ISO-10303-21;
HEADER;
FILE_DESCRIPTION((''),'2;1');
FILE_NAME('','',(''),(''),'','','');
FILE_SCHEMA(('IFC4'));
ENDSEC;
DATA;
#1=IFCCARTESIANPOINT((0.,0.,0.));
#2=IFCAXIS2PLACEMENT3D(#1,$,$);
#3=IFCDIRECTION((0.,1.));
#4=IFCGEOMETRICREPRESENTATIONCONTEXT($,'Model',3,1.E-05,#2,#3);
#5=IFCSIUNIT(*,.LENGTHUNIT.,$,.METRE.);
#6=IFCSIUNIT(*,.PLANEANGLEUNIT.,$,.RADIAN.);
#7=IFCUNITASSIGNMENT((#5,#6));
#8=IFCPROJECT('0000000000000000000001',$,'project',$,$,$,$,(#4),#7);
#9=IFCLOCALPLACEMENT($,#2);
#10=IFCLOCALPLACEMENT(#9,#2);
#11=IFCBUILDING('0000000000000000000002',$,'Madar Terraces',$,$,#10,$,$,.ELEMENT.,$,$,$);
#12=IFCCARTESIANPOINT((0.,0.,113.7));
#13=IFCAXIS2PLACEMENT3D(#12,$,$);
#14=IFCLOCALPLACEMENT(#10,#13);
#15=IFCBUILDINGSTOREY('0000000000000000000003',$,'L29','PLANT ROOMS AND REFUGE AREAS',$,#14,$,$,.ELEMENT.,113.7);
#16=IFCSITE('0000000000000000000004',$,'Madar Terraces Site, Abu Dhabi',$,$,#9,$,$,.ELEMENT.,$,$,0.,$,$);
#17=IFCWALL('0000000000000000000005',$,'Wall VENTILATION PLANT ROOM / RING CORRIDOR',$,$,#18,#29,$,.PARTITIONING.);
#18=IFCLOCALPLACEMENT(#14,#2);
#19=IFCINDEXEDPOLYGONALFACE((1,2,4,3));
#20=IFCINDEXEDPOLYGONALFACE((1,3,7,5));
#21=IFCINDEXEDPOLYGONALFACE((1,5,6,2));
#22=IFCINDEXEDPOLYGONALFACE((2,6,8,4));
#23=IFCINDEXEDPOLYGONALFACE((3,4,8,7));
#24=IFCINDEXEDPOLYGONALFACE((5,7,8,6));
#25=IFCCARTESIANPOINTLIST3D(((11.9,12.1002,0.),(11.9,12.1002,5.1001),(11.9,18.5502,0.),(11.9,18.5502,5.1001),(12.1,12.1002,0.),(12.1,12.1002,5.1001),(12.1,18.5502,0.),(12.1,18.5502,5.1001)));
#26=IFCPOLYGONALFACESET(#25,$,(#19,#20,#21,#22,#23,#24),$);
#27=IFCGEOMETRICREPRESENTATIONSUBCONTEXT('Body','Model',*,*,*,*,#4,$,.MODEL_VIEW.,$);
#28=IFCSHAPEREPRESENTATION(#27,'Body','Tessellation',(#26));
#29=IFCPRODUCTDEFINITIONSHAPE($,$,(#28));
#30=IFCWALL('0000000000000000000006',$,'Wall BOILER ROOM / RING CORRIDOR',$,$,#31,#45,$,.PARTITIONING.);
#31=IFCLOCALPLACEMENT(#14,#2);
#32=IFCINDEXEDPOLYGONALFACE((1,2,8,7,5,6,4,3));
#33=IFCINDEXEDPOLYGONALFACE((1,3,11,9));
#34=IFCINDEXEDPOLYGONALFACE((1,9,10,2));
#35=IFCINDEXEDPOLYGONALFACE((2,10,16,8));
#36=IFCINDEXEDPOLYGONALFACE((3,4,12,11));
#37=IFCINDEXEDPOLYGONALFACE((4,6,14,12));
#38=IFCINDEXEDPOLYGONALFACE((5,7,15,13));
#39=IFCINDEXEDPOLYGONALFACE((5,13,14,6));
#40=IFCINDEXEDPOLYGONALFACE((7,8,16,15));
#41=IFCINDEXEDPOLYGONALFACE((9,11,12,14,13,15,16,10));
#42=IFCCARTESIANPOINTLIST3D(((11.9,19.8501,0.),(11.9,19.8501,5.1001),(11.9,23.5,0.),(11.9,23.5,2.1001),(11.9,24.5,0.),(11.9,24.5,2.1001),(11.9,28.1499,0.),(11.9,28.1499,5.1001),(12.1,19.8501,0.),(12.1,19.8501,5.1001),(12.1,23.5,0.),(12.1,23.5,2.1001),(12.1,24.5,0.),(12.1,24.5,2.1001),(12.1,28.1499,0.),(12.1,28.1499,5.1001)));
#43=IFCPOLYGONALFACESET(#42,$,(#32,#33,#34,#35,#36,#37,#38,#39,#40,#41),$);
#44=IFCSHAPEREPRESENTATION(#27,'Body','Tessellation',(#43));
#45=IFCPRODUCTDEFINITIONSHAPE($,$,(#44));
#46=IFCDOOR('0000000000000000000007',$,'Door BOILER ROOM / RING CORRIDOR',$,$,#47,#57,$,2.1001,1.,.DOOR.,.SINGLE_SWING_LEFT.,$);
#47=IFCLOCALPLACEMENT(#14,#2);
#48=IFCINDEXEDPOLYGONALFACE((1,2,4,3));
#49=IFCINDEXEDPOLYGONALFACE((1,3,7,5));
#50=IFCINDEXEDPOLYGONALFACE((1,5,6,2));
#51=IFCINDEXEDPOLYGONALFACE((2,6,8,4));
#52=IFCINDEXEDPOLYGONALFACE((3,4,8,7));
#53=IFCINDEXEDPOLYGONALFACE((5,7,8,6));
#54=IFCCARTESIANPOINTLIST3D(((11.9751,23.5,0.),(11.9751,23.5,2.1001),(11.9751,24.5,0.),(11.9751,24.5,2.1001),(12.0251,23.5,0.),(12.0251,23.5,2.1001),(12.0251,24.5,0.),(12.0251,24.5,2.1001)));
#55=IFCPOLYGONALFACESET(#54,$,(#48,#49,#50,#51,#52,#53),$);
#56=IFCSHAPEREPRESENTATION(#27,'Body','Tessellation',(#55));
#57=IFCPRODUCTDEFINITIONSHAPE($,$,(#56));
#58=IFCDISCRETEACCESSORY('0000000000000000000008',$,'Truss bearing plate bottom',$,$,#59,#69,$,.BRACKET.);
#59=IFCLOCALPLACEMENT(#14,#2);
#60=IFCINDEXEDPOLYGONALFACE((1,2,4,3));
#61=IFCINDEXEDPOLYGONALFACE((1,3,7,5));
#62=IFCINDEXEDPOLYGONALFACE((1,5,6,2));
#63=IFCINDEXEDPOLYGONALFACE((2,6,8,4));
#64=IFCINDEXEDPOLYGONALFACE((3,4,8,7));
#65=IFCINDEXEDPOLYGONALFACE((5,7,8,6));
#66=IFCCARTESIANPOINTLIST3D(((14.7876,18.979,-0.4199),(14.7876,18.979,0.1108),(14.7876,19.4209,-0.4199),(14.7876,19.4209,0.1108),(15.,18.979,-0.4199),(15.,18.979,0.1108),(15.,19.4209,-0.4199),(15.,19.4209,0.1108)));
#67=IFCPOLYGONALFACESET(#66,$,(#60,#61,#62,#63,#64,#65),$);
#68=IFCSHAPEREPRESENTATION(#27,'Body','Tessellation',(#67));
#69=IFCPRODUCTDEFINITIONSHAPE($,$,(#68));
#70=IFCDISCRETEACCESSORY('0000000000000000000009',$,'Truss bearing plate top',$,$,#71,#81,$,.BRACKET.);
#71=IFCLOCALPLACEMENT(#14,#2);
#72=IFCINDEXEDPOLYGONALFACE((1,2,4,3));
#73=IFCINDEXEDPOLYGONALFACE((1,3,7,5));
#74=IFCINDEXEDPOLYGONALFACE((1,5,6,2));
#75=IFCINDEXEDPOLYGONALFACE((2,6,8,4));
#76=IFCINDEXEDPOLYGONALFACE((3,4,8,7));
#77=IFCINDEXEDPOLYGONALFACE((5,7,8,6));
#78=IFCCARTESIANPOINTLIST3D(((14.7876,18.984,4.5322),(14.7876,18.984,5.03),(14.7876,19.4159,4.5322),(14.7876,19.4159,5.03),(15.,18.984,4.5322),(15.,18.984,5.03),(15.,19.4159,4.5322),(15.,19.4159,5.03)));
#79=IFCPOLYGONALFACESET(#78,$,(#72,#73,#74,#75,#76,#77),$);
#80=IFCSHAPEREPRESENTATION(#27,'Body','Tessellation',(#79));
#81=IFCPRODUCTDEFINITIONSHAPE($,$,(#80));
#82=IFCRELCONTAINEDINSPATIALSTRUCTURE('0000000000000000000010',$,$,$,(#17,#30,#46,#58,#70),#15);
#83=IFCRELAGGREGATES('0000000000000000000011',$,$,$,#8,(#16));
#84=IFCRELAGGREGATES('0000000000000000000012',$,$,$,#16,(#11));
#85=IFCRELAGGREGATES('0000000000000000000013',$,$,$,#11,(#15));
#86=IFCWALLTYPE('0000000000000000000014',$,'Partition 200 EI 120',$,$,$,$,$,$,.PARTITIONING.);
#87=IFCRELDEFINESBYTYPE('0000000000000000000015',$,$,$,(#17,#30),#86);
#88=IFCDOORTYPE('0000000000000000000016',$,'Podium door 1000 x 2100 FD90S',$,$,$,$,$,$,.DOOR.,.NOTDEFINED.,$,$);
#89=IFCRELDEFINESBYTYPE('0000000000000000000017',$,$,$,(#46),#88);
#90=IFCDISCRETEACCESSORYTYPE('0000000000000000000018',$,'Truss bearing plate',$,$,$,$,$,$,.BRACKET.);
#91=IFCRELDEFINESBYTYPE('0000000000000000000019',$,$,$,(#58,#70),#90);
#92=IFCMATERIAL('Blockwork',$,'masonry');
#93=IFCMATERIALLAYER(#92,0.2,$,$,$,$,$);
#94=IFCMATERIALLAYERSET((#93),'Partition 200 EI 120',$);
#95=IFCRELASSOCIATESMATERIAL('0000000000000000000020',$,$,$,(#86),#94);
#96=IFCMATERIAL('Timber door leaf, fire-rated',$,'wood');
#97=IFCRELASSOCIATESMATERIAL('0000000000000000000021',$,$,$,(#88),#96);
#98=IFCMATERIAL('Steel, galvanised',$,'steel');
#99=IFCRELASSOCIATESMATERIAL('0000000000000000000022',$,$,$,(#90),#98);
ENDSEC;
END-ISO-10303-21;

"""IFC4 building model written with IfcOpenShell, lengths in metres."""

from ifc_helpers import new_model, si_unit, direction, frame, frame_2d, origin, origin_2d, place, context, subcontext, project, spatial, rectangle, extrude, material, layer, layer_set, type_object, element, fill, save


model = new_model("IFC4")

# Units and contexts
model_context = context("Model", 3, precision=1e-05, world=origin(), true_north=direction((0.0, 1.0)))
body_context = subcontext(model_context, "Body", "Model", "MODEL_VIEW")
ifc_project = project(units=[si_unit("LENGTHUNIT", "METRE"), si_unit("PLANEANGLEUNIT", "RADIAN")], contexts=[model_context])

# Site, building, storey
site_placement = place(None, origin())
site = spatial("IfcSite", under=ifc_project, at=site_placement, Name="Madar Terraces Site, Abu Dhabi", CompositionType="ELEMENT", RefElevation=0.0)
building_placement = place(site_placement, origin())
building = spatial("IfcBuilding", under=site, at=building_placement, Name="Madar Terraces", CompositionType="ELEMENT")
storey_placement = place(building_placement, frame((0.0, 0.0, 113.7)))
storey = spatial("IfcBuildingStorey", under=building, at=storey_placement, Name="L29", Description="PLANT ROOMS AND REFUGE AREAS", CompositionType="ELEMENT", Elevation=113.7)

# Wall
ifc_material_1 = material(Name="Blockwork", Category="masonry")
ifc_layer_1 = layer(ifc_material_1, 0.2)
ifc_layer_set_1 = layer_set([ifc_layer_1], Name="Partition 200 EI 120")
wall_type_1 = type_object("IfcWallType", Name="Partition 200 EI 120", PredefinedType="PARTITIONING", material=ifc_layer_set_1)
wall_1_placement = place(storey_placement, frame((12.0, 12.1001, 0.0), z_axis=(0.0, 0.0, 1.0), x_axis=(0.0, 1.0, 0.0)))
element("IfcWall", 1, at=wall_1_placement, inside=storey, type_object=wall_type_1, Name="Wall VENTILATION PLANT ROOM / RING CORRIDOR", PredefinedType="PARTITIONING", context=body_context, shape_type="SweptSolid", body=[
    extrude(rectangle(XDim=6.45, YDim=0.2, at=frame_2d((3.2251, 0.0))), origin(), (0.0, 0.0, 1.0), 5.1001),
])

# Wall, opening, door
wall_2_placement = place(storey_placement, frame((12.0, 19.8501, 0.0), z_axis=(0.0, 0.0, 1.0), x_axis=(0.0, 1.0, 0.0)))
wall_2 = element("IfcWall", 2, at=wall_2_placement, inside=storey, type_object=wall_type_1, Name="Wall BOILER ROOM / RING CORRIDOR", PredefinedType="PARTITIONING", context=body_context, shape_type="SweptSolid", body=[
    extrude(rectangle(XDim=8.2998, YDim=0.2, at=frame_2d((4.1499, 0.0))), origin(), (0.0, 0.0, 1.0), 5.1001),
])
opening_1_placement = place(wall_2_placement, frame((3.6499, 0.0, 0.0)))
opening_1 = element("IfcOpeningElement", 3, at=opening_1_placement, cuts=wall_2, PredefinedType="OPENING", context=body_context, shape_type="SweptSolid", body=[
    extrude(rectangle(XDim=1.0, YDim=2.1001, at=frame_2d((0.5, 1.05))), frame((0.0, 0.1099, 0.0), z_axis=(0.0, -1.0, 0.0), x_axis=(1.0, 0.0, 0.0)), (0.0, 0.0, 1.0), 0.22),
])
ifc_material_2 = material(Name="Timber door leaf, fire-rated", Category="wood")
door_type_1 = type_object("IfcDoorType", Name="Podium door 1000 x 2100 FD90S", OperationType="NOTDEFINED", PredefinedType="DOOR", material=ifc_material_2)
door_1_placement = place(opening_1_placement, origin())
door_1 = element("IfcDoor", 4, at=door_1_placement, inside=storey, type_object=door_type_1, Name="Door BOILER ROOM / RING CORRIDOR", OperationType="SINGLE_SWING_LEFT", OverallHeight=2.1001, OverallWidth=1.0, PredefinedType="DOOR", context=body_context, shape_type="SweptSolid", body=[
    extrude(rectangle(XDim=1.0, YDim=2.1001, at=frame_2d((0.5, 1.05))), frame((0.0, 0.0249, 0.0), z_axis=(0.0, -1.0, 0.0), x_axis=(1.0, 0.0, 0.0)), (0.0, 0.0, 1.0), 0.05),
])
fill(opening_1, door_1)

# Discrete accessories
ifc_material_3 = material(Name="Steel, galvanised", Category="steel")
discrete_accessory_type = type_object("IfcDiscreteAccessoryType", Name="Truss bearing plate", PredefinedType="BRACKET", material=ifc_material_3)
discrete_accessory_1_placement = place(storey_placement, frame((14.8938, 19.2, -0.4199), z_axis=(0.0, 0.0, 1.0), x_axis=(1.0, 0.0, 0.0)))
element("IfcDiscreteAccessory", 5, at=discrete_accessory_1_placement, inside=storey, type_object=discrete_accessory_type, Name="Truss bearing plate bottom", PredefinedType="BRACKET", context=body_context, shape_type="SweptSolid", body=[
    extrude(rectangle(XDim=0.2124, YDim=0.4419, at=origin_2d()), origin(), (0.0, 0.0, 1.0), 0.5308),
])
discrete_accessory_2_placement = place(storey_placement, frame((14.8938, 19.2, 4.5322), z_axis=(0.0, 0.0, 1.0), x_axis=(1.0, 0.0, 0.0)))
element("IfcDiscreteAccessory", 6, at=discrete_accessory_2_placement, inside=storey, type_object=discrete_accessory_type, Name="Truss bearing plate top", PredefinedType="BRACKET", context=body_context, shape_type="SweptSolid", body=[
    extrude(rectangle(XDim=0.2124, YDim=0.4319, at=origin_2d()), origin(), (0.0, 0.0, 1.0), 0.4978),
])

save(model, "model.ifc")
